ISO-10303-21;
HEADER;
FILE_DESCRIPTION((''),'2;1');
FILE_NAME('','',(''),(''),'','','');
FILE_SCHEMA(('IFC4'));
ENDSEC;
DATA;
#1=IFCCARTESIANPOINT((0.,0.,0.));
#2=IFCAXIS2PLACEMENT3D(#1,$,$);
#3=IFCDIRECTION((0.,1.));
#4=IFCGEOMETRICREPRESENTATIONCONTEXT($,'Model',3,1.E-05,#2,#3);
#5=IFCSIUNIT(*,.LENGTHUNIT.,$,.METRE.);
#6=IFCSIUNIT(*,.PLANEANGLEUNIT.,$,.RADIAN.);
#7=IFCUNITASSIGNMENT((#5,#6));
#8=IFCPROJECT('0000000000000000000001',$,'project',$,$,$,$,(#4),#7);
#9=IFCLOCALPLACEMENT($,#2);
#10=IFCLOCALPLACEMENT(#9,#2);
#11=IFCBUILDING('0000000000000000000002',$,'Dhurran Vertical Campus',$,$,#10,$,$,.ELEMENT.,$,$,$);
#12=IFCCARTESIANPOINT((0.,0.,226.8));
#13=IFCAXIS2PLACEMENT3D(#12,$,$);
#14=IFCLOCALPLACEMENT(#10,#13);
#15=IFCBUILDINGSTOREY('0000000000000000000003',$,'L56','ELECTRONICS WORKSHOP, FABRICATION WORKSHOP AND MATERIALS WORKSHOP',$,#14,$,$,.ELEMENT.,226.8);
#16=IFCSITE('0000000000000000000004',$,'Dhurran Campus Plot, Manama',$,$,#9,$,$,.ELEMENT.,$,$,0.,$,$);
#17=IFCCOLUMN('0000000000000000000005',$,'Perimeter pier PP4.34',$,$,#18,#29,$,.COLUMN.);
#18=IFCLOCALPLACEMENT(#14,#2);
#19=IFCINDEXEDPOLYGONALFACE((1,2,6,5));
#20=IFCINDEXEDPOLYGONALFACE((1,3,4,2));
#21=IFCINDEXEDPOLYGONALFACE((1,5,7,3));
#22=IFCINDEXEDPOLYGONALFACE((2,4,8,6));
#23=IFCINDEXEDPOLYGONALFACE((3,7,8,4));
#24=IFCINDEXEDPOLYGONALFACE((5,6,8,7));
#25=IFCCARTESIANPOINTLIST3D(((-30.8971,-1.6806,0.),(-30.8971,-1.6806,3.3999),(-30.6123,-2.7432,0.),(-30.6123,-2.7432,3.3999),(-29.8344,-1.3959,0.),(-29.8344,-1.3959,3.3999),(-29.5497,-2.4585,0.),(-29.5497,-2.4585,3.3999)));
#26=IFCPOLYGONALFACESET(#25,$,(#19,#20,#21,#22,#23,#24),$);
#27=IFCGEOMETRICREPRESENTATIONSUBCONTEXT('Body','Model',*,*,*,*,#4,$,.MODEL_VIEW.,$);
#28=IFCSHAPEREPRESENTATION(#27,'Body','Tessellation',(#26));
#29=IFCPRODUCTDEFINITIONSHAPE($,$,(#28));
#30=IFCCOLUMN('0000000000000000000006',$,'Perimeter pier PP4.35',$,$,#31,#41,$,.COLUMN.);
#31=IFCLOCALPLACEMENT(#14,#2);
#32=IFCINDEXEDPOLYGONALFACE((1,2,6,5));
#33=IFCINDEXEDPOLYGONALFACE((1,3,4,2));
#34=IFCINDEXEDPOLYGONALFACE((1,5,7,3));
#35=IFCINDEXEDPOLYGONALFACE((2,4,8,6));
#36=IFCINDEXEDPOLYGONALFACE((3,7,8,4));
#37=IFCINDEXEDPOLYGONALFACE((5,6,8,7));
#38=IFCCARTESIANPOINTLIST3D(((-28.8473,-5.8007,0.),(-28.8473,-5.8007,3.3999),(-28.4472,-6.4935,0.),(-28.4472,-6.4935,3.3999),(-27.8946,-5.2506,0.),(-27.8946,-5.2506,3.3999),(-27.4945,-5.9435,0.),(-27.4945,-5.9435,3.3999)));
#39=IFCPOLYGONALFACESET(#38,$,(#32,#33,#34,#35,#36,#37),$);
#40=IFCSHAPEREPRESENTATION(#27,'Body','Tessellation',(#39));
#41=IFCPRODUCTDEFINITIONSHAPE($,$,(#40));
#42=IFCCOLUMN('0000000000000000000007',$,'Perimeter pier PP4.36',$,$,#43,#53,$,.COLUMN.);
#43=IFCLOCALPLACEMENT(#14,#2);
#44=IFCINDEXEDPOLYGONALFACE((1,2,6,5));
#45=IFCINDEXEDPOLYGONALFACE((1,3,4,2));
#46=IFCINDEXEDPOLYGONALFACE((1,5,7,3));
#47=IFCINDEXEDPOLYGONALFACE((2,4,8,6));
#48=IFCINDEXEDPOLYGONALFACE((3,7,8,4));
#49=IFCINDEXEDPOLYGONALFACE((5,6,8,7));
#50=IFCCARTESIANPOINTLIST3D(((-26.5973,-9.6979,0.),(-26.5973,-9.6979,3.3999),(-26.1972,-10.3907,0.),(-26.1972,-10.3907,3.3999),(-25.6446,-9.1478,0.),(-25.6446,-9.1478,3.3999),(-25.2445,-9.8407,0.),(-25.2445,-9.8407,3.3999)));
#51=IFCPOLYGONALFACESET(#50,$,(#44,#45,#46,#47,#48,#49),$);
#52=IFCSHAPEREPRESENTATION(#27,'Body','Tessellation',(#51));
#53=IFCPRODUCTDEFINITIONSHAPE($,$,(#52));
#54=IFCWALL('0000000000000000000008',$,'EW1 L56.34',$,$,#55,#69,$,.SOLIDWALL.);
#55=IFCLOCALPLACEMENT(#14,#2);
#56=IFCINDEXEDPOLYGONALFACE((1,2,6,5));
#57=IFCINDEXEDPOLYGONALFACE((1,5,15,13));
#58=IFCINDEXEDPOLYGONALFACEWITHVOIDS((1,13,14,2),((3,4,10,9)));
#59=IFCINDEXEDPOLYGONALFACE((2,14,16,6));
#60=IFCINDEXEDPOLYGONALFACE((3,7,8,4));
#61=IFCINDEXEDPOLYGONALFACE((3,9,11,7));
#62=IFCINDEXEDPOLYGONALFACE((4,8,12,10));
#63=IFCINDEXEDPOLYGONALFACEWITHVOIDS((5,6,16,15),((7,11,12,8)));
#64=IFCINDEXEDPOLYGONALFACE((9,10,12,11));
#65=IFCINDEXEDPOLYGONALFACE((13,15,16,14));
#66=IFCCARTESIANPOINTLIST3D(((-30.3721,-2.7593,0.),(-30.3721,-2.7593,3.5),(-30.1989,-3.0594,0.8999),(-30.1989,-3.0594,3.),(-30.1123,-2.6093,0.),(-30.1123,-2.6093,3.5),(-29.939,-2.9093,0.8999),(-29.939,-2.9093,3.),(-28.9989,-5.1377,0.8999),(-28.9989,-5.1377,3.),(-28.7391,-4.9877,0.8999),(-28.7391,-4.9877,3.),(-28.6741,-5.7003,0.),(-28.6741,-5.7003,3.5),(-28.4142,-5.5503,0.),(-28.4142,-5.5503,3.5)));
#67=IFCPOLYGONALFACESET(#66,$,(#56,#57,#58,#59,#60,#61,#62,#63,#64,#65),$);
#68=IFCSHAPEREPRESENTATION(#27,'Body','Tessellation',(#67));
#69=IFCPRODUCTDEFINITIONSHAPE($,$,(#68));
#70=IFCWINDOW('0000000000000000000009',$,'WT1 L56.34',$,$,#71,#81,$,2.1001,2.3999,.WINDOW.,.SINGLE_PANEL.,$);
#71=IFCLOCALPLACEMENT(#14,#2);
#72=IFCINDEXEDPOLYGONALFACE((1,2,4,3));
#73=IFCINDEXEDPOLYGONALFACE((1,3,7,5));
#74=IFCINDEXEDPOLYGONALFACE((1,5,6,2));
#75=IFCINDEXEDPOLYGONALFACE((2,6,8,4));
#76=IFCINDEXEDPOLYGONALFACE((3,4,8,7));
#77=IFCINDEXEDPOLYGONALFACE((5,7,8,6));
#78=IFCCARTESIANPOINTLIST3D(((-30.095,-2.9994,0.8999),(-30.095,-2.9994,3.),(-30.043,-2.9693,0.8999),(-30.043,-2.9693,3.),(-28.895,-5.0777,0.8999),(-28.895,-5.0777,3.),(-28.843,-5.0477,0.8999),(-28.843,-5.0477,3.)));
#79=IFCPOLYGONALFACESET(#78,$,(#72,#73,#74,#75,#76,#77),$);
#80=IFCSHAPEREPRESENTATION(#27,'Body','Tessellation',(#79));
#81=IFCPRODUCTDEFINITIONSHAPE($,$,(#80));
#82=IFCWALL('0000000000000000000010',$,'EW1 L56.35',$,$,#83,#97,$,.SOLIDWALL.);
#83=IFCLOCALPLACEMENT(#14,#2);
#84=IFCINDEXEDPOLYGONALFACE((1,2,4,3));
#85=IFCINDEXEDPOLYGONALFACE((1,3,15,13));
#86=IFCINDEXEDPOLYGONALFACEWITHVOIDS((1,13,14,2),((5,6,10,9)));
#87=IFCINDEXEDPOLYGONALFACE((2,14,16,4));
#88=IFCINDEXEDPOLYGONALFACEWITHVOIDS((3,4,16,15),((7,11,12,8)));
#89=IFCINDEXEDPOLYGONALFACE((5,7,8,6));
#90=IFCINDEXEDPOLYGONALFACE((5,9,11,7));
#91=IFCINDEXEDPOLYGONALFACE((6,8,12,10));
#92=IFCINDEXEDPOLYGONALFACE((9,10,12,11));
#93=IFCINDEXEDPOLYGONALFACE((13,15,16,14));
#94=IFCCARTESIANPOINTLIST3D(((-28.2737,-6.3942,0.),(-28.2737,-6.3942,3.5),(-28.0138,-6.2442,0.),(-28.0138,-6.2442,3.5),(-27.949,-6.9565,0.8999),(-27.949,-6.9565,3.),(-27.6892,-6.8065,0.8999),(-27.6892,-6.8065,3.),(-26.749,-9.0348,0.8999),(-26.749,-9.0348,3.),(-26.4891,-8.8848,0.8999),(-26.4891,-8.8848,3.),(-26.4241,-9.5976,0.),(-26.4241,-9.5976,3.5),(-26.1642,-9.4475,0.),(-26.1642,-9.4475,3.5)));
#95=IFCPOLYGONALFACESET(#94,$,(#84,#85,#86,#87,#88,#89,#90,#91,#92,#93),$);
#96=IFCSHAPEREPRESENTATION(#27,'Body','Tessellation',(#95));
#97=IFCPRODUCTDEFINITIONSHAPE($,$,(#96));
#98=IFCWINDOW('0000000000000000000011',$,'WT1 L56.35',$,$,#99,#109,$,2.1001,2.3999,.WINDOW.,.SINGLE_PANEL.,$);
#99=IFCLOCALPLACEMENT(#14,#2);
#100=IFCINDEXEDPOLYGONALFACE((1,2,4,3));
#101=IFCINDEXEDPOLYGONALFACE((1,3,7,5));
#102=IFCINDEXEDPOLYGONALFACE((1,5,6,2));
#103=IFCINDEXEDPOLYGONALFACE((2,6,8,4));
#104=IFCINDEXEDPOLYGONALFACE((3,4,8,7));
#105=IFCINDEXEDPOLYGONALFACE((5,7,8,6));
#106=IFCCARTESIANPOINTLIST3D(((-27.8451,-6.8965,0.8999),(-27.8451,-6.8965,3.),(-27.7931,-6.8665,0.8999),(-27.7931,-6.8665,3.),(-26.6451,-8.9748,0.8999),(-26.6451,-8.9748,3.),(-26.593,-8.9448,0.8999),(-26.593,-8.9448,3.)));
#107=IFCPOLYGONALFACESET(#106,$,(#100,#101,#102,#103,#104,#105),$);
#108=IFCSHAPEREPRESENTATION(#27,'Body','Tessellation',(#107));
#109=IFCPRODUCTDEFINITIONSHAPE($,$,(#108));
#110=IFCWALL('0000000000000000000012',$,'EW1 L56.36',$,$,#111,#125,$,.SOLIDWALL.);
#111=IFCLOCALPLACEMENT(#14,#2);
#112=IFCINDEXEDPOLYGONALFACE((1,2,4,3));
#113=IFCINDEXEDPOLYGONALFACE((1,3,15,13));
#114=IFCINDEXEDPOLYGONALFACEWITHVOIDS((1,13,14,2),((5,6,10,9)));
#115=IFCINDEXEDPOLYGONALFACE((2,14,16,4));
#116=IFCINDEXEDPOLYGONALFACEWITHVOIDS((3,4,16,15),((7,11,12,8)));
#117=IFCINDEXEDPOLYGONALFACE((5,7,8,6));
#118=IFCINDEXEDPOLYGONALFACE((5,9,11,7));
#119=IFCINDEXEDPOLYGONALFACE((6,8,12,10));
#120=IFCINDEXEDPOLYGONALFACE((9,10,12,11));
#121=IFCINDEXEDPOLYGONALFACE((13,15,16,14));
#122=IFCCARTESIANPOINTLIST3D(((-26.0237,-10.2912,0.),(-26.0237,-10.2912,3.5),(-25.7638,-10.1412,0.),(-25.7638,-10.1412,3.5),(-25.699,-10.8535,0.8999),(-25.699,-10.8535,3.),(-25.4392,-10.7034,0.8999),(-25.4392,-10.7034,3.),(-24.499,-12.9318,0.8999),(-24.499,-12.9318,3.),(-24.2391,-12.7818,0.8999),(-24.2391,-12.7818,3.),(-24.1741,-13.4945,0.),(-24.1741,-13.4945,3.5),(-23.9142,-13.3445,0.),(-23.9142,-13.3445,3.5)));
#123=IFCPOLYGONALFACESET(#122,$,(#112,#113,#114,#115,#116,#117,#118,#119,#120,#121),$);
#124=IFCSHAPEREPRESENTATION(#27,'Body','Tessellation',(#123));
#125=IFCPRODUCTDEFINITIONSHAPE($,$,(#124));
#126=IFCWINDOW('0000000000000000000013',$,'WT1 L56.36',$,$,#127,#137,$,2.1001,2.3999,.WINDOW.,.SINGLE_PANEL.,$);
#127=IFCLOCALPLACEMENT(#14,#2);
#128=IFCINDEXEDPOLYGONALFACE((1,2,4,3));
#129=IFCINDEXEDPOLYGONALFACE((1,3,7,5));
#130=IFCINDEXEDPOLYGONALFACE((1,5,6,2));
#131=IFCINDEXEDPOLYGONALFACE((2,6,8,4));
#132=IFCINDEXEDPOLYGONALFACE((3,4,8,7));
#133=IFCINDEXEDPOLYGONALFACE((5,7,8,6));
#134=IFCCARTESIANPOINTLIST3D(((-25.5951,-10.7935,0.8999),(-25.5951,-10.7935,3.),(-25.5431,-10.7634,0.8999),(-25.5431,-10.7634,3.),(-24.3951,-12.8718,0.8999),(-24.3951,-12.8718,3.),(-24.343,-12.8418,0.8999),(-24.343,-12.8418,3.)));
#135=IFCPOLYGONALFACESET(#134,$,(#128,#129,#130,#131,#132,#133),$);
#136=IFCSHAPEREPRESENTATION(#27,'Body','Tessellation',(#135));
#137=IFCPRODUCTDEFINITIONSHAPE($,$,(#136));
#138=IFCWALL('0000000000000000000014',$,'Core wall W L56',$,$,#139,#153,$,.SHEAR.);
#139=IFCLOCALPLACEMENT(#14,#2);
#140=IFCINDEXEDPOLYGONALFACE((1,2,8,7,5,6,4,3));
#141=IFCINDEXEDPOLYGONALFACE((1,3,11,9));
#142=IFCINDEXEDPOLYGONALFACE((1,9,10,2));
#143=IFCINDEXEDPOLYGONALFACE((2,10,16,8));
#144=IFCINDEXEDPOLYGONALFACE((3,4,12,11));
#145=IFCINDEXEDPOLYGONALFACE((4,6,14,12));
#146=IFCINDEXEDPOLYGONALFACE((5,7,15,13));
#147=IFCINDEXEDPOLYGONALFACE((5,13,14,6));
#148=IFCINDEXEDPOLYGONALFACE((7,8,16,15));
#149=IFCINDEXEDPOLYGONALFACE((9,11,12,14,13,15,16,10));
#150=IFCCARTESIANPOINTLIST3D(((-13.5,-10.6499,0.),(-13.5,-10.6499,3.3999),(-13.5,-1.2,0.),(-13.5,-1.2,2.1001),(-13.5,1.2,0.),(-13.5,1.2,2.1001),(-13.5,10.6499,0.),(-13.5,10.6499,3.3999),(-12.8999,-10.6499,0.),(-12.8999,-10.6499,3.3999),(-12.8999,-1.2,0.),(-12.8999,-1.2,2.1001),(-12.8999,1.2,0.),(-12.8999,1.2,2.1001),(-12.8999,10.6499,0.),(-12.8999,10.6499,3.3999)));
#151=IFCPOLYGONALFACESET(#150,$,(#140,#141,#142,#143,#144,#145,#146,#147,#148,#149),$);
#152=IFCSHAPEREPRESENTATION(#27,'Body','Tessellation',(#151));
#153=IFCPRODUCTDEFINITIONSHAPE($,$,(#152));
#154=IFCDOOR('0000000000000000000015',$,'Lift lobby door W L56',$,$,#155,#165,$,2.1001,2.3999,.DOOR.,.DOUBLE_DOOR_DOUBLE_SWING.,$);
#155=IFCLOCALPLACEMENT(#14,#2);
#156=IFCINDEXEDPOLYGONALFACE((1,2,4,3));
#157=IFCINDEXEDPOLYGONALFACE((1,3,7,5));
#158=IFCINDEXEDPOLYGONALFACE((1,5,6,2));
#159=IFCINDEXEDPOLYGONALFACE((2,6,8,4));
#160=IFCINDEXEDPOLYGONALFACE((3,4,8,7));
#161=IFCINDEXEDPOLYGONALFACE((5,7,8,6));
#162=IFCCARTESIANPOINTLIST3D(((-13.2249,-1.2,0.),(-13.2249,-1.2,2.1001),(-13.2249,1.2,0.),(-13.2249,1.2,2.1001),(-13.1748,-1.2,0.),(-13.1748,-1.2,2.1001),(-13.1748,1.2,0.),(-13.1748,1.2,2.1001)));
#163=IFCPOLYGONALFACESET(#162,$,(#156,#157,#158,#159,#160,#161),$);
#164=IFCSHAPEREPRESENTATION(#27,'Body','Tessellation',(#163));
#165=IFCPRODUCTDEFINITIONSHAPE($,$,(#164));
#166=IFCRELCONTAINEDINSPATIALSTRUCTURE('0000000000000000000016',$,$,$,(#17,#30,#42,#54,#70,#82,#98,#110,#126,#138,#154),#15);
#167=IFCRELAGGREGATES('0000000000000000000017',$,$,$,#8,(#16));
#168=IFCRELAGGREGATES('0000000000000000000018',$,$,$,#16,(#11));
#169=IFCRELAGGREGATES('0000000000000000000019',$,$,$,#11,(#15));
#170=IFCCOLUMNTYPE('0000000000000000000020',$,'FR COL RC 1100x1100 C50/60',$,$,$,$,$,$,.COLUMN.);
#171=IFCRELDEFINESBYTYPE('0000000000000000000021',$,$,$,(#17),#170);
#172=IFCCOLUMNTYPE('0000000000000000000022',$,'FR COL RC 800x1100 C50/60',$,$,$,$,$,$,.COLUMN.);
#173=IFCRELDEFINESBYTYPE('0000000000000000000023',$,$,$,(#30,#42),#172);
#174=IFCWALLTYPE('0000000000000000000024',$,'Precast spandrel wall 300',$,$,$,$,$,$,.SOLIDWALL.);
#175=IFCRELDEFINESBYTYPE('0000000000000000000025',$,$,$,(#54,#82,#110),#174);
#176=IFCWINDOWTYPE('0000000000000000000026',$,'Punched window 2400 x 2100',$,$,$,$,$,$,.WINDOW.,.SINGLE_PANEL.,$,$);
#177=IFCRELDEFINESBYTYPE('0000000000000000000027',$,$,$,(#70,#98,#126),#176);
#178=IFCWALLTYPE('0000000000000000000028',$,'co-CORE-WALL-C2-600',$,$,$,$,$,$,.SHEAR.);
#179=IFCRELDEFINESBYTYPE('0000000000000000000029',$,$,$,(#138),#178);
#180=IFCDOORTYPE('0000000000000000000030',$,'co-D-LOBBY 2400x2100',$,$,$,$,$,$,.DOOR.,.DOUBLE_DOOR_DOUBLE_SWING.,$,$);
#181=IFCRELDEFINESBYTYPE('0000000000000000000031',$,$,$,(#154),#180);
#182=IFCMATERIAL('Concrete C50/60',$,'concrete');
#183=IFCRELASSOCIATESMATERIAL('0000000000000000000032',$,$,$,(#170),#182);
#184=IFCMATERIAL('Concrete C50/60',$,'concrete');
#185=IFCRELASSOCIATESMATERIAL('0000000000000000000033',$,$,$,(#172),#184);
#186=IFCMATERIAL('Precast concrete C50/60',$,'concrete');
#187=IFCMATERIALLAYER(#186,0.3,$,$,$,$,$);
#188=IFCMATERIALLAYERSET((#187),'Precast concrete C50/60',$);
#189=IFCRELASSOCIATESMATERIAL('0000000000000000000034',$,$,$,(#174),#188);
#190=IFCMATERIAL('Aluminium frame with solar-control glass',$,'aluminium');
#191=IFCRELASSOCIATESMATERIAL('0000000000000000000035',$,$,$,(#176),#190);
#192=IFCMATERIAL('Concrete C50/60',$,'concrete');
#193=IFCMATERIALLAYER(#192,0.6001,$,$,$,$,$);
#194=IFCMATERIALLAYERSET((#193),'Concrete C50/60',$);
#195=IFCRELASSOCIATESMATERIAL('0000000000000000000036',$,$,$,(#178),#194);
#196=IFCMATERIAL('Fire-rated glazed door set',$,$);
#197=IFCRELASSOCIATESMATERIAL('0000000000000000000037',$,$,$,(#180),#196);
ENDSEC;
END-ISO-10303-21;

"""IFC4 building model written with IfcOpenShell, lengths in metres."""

from ifc_helpers import new_model, si_unit, direction, frame, frame_2d, origin, origin_2d, place, context, subcontext, project, spatial, rectangle, extrude, material, layer, layer_set, material_profile, profile_set, type_object, element, fill, save


model = new_model("IFC4")

# Units and contexts
model_context = context("Model", 3, precision=1e-05, world=origin(), true_north=direction((0.0, 1.0)))
body_context = subcontext(model_context, "Body", "Model", "MODEL_VIEW")
ifc_project = project(units=[si_unit("LENGTHUNIT", "METRE"), si_unit("PLANEANGLEUNIT", "RADIAN")], contexts=[model_context])

# Site, building, storey
site_placement = place(None, origin())
site = spatial("IfcSite", under=ifc_project, at=site_placement, Name="Dhurran Campus Plot, Manama", CompositionType="ELEMENT", RefElevation=0.0)
building_placement = place(site_placement, origin())
building = spatial("IfcBuilding", under=site, at=building_placement, Name="Dhurran Vertical Campus", CompositionType="ELEMENT")
storey_placement = place(building_placement, frame((0.0, 0.0, 226.8)))
storey = spatial("IfcBuildingStorey", under=building, at=storey_placement, Name="L56", Description="ELECTRONICS WORKSHOP, FABRICATION WORKSHOP AND MATERIALS WORKSHOP", CompositionType="ELEMENT", Elevation=226.8)

# Columns
ifc_material_1 = material(Name="Concrete C50/60", Category="concrete")
ifc_material_profile_1 = material_profile(ifc_material_1, rectangle(XDim=1.1001, YDim=1.1001, at=origin_2d()), Name="RC 1100x1100")
ifc_profile_set_1 = profile_set([ifc_material_profile_1], Name="Concrete C50/60")
column_type_1 = type_object("IfcColumnType", Name="FR COL RC 1100x1100 C50/60", PredefinedType="COLUMN", material=ifc_profile_set_1)
column_placement = place(storey_placement, frame((-30.2234, -2.0696, 0.0), z_axis=(0.0, 0.0, 1.0), x_axis=(0.258819, -0.965926, 0.0)))
element("IfcColumn", 1, at=column_placement, inside=storey, type_object=column_type_1, Name="Perimeter pier PP4.34", PredefinedType="COLUMN", context=body_context, shape_type="SweptSolid", body=[
    extrude(rectangle(XDim=1.1001, YDim=1.1001, at=origin_2d()), origin(), (0.0, 0.0, 1.0), 3.3999),
])
ifc_material_2 = material(Name="Concrete C50/60", Category="concrete")
ifc_material_profile_2 = material_profile(ifc_material_2, rectangle(XDim=0.8, YDim=1.1001, at=origin_2d()), Name="RC 800x1100")
ifc_profile_set_2 = profile_set([ifc_material_profile_2], Name="Concrete C50/60")
column_type_2 = type_object("IfcColumnType", Name="FR COL RC 800x1100 C50/60", PredefinedType="COLUMN", material=ifc_profile_set_2)
for number, where, z_axis, x_axis, name in (
    (2, (-28.1709, -5.8721, 0.0), (0.0, 0.0, 1.0), (0.5, -0.866025, 0.0), "Perimeter pier PP4.35"),
    (3, (-25.9209, -9.7693, 0.0), (0.0, 0.0, 1.0), (0.5, -0.866025, 0.0), "Perimeter pier PP4.36"),
):
    element("IfcColumn", number, at=place(storey_placement, frame(where, z_axis=z_axis, x_axis=x_axis)), inside=storey, type_object=column_type_2, Name=name, PredefinedType="COLUMN", context=body_context, shape_type="SweptSolid", body=[
        extrude(rectangle(XDim=0.8, YDim=1.1001, at=origin_2d()), origin(), (0.0, 0.0, 1.0), 3.3999),
    ])

# Walls, openings, windows
ifc_material_3 = material(Name="Precast concrete C50/60", Category="concrete")
ifc_layer_1 = layer(ifc_material_3, 0.3)
ifc_layer_set_1 = layer_set([ifc_layer_1], Name="Precast concrete C50/60")
wall_type_1 = type_object("IfcWallType", Name="Precast spandrel wall 300", PredefinedType="SOLIDWALL", material=ifc_layer_set_1)
wall_1_placement = place(storey_placement, frame((-30.2422, -2.6843, 0.0), z_axis=(0.0, 0.0, 1.0), x_axis=(0.500013, -0.866018, 0.0)))
wall_1 = element("IfcWall", 4, at=wall_1_placement, inside=storey, type_object=wall_type_1, Name="EW1 L56.34", PredefinedType="SOLIDWALL", context=body_context, shape_type="SweptSolid", body=[
    extrude(rectangle(XDim=3.396, YDim=0.3, at=frame_2d((1.698, 0.0))), origin(), (0.0, 0.0, 1.0), 3.5),
])
opening_1_placement = place(wall_1_placement, frame((0.3464, 0.0, 0.8999)))
opening_1 = element("IfcOpeningElement", 5, at=opening_1_placement, cuts=wall_1, PredefinedType="OPENING", context=body_context, shape_type="SweptSolid", body=[
    extrude(rectangle(XDim=2.3999, YDim=2.1001, at=frame_2d((1.2, 1.05))), frame((0.0, 0.1599, 0.0), z_axis=(0.0, -1.0, 0.0), x_axis=(1.0, 0.0, 0.0)), (0.0, 0.0, 1.0), 0.3201),
])
ifc_material_4 = material(Name="Aluminium frame with solar-control glass", Category="aluminium")
window_type = type_object("IfcWindowType", Name="Punched window 2400 x 2100", PartitioningType="SINGLE_PANEL", PredefinedType="WINDOW", material=ifc_material_4)
window_1_placement = place(opening_1_placement, origin())
window_1 = element("IfcWindow", 6, at=window_1_placement, inside=storey, type_object=window_type, Name="WT1 L56.34", OverallHeight=2.1001, OverallWidth=2.3999, PartitioningType="SINGLE_PANEL", PredefinedType="WINDOW", context=body_context, shape_type="SweptSolid", body=[
    extrude(rectangle(XDim=2.3999, YDim=2.1001, at=frame_2d((1.2, 1.05))), frame((0.0, 0.03, 0.0), z_axis=(0.0, -1.0, 0.0), x_axis=(1.0, 0.0, 0.0)), (0.0, 0.0, 1.0), 0.0601),
])
fill(opening_1, window_1)
wall_2_placement = place(storey_placement, frame((-28.1438, -6.3191, 0.0), z_axis=(0.0, 0.0, 1.0), x_axis=(0.500029, -0.866009, 0.0)))
wall_2 = element("IfcWall", 7, at=wall_2_placement, inside=storey, type_object=wall_type_1, Name="EW1 L56.35", PredefinedType="SOLIDWALL", context=body_context, shape_type="SweptSolid", body=[
    extrude(rectangle(XDim=3.699, YDim=0.3, at=frame_2d((1.8496, 0.0))), origin(), (0.0, 0.0, 1.0), 3.5),
])
opening_2_placement = place(wall_2_placement, frame((0.6494, 0.0, 0.8999)))
opening_2 = element("IfcOpeningElement", 8, at=opening_2_placement, cuts=wall_2, PredefinedType="OPENING", context=body_context, shape_type="SweptSolid", body=[
    extrude(rectangle(XDim=2.3999, YDim=2.1001, at=frame_2d((1.2, 1.05))), frame((0.0, 0.1599, 0.0), z_axis=(0.0, -1.0, 0.0), x_axis=(1.0, 0.0, 0.0)), (0.0, 0.0, 1.0), 0.3201),
])
window_2_placement = place(opening_2_placement, origin())
window_2 = element("IfcWindow", 9, at=window_2_placement, inside=storey, type_object=window_type, Name="WT1 L56.35", OverallHeight=2.1001, OverallWidth=2.3999, PartitioningType="SINGLE_PANEL", PredefinedType="WINDOW", context=body_context, shape_type="SweptSolid", body=[
    extrude(rectangle(XDim=2.3999, YDim=2.1001, at=frame_2d((1.2, 1.05))), frame((0.0, 0.03, 0.0), z_axis=(0.0, -1.0, 0.0), x_axis=(1.0, 0.0, 0.0)), (0.0, 0.0, 1.0), 0.0601),
])
fill(opening_2, window_2)
wall_3_placement = place(storey_placement, frame((-25.8938, -10.2161, 0.0), z_axis=(0.0, 0.0, 1.0), x_axis=(0.500029, -0.866009, 0.0)))
wall_3 = element("IfcWall", 10, at=wall_3_placement, inside=storey, type_object=wall_type_1, Name="EW1 L56.36", PredefinedType="SOLIDWALL", context=body_context, shape_type="SweptSolid", body=[
    extrude(rectangle(XDim=3.699, YDim=0.3, at=frame_2d((1.8496, 0.0))), origin(), (0.0, 0.0, 1.0), 3.5),
])
opening_3_placement = place(wall_3_placement, frame((0.6494, 0.0, 0.8999)))
opening_3 = element("IfcOpeningElement", 11, at=opening_3_placement, cuts=wall_3, PredefinedType="OPENING", context=body_context, shape_type="SweptSolid", body=[
    extrude(rectangle(XDim=2.3999, YDim=2.1001, at=frame_2d((1.2, 1.05))), frame((0.0, 0.1599, 0.0), z_axis=(0.0, -1.0, 0.0), x_axis=(1.0, 0.0, 0.0)), (0.0, 0.0, 1.0), 0.3201),
])
window_3_placement = place(opening_3_placement, origin())
window_3 = element("IfcWindow", 12, at=window_3_placement, inside=storey, type_object=window_type, Name="WT1 L56.36", OverallHeight=2.1001, OverallWidth=2.3999, PartitioningType="SINGLE_PANEL", PredefinedType="WINDOW", context=body_context, shape_type="SweptSolid", body=[
    extrude(rectangle(XDim=2.3999, YDim=2.1001, at=frame_2d((1.2, 1.05))), frame((0.0, 0.03, 0.0), z_axis=(0.0, -1.0, 0.0), x_axis=(1.0, 0.0, 0.0)), (0.0, 0.0, 1.0), 0.0601),
])
fill(opening_3, window_3)

# Wall, opening, door
ifc_material_5 = material(Name="Concrete C50/60", Category="concrete")
ifc_layer_2 = layer(ifc_material_5, 0.6001)
ifc_layer_set_2 = layer_set([ifc_layer_2], Name="Concrete C50/60")
wall_type_2 = type_object("IfcWallType", Name="co-CORE-WALL-C2-600", PredefinedType="SHEAR", material=ifc_layer_set_2)
wall_4_placement = place(storey_placement, frame((-13.2, -10.6499, 0.0), z_axis=(0.0, 0.0, 1.0), x_axis=(0.0, 1.0, 0.0)))
wall_4 = element("IfcWall", 13, at=wall_4_placement, inside=storey, type_object=wall_type_2, Name="Core wall W L56", PredefinedType="SHEAR", context=body_context, shape_type="SweptSolid", body=[
    extrude(rectangle(XDim=21.2998, YDim=0.6001, at=frame_2d((10.6499, 0.0))), origin(), (0.0, 0.0, 1.0), 3.3999),
])
opening_4_placement = place(wall_4_placement, frame((9.45, 0.0, 0.0)))
opening_4 = element("IfcOpeningElement", 14, at=opening_4_placement, cuts=wall_4, PredefinedType="OPENING", context=body_context, shape_type="SweptSolid", body=[
    extrude(rectangle(XDim=2.3999, YDim=2.1001, at=frame_2d((1.2, 1.05))), frame((0.0, 0.3101, 0.0), z_axis=(0.0, -1.0, 0.0), x_axis=(1.0, 0.0, 0.0)), (0.0, 0.0, 1.0), 0.6201),
])
ifc_material_6 = material(Name="Fire-rated glazed door set")
door_type_1 = type_object("IfcDoorType", Name="co-D-LOBBY 2400x2100", OperationType="DOUBLE_DOOR_DOUBLE_SWING", PredefinedType="DOOR", material=ifc_material_6)
door_1_placement = place(opening_4_placement, origin())
door_1 = element("IfcDoor", 15, at=door_1_placement, inside=storey, type_object=door_type_1, Name="Lift lobby door W L56", OperationType="DOUBLE_DOOR_DOUBLE_SWING", OverallHeight=2.1001, OverallWidth=2.3999, PredefinedType="DOOR", context=body_context, shape_type="SweptSolid", body=[
    extrude(rectangle(XDim=2.3999, YDim=2.1001, at=frame_2d((1.2, 1.05))), frame((0.0, 0.0249, 0.0), z_axis=(0.0, -1.0, 0.0), x_axis=(1.0, 0.0, 0.0)), (0.0, 0.0, 1.0), 0.05),
])
fill(opening_4, door_1)

save(model, "model.ifc")
